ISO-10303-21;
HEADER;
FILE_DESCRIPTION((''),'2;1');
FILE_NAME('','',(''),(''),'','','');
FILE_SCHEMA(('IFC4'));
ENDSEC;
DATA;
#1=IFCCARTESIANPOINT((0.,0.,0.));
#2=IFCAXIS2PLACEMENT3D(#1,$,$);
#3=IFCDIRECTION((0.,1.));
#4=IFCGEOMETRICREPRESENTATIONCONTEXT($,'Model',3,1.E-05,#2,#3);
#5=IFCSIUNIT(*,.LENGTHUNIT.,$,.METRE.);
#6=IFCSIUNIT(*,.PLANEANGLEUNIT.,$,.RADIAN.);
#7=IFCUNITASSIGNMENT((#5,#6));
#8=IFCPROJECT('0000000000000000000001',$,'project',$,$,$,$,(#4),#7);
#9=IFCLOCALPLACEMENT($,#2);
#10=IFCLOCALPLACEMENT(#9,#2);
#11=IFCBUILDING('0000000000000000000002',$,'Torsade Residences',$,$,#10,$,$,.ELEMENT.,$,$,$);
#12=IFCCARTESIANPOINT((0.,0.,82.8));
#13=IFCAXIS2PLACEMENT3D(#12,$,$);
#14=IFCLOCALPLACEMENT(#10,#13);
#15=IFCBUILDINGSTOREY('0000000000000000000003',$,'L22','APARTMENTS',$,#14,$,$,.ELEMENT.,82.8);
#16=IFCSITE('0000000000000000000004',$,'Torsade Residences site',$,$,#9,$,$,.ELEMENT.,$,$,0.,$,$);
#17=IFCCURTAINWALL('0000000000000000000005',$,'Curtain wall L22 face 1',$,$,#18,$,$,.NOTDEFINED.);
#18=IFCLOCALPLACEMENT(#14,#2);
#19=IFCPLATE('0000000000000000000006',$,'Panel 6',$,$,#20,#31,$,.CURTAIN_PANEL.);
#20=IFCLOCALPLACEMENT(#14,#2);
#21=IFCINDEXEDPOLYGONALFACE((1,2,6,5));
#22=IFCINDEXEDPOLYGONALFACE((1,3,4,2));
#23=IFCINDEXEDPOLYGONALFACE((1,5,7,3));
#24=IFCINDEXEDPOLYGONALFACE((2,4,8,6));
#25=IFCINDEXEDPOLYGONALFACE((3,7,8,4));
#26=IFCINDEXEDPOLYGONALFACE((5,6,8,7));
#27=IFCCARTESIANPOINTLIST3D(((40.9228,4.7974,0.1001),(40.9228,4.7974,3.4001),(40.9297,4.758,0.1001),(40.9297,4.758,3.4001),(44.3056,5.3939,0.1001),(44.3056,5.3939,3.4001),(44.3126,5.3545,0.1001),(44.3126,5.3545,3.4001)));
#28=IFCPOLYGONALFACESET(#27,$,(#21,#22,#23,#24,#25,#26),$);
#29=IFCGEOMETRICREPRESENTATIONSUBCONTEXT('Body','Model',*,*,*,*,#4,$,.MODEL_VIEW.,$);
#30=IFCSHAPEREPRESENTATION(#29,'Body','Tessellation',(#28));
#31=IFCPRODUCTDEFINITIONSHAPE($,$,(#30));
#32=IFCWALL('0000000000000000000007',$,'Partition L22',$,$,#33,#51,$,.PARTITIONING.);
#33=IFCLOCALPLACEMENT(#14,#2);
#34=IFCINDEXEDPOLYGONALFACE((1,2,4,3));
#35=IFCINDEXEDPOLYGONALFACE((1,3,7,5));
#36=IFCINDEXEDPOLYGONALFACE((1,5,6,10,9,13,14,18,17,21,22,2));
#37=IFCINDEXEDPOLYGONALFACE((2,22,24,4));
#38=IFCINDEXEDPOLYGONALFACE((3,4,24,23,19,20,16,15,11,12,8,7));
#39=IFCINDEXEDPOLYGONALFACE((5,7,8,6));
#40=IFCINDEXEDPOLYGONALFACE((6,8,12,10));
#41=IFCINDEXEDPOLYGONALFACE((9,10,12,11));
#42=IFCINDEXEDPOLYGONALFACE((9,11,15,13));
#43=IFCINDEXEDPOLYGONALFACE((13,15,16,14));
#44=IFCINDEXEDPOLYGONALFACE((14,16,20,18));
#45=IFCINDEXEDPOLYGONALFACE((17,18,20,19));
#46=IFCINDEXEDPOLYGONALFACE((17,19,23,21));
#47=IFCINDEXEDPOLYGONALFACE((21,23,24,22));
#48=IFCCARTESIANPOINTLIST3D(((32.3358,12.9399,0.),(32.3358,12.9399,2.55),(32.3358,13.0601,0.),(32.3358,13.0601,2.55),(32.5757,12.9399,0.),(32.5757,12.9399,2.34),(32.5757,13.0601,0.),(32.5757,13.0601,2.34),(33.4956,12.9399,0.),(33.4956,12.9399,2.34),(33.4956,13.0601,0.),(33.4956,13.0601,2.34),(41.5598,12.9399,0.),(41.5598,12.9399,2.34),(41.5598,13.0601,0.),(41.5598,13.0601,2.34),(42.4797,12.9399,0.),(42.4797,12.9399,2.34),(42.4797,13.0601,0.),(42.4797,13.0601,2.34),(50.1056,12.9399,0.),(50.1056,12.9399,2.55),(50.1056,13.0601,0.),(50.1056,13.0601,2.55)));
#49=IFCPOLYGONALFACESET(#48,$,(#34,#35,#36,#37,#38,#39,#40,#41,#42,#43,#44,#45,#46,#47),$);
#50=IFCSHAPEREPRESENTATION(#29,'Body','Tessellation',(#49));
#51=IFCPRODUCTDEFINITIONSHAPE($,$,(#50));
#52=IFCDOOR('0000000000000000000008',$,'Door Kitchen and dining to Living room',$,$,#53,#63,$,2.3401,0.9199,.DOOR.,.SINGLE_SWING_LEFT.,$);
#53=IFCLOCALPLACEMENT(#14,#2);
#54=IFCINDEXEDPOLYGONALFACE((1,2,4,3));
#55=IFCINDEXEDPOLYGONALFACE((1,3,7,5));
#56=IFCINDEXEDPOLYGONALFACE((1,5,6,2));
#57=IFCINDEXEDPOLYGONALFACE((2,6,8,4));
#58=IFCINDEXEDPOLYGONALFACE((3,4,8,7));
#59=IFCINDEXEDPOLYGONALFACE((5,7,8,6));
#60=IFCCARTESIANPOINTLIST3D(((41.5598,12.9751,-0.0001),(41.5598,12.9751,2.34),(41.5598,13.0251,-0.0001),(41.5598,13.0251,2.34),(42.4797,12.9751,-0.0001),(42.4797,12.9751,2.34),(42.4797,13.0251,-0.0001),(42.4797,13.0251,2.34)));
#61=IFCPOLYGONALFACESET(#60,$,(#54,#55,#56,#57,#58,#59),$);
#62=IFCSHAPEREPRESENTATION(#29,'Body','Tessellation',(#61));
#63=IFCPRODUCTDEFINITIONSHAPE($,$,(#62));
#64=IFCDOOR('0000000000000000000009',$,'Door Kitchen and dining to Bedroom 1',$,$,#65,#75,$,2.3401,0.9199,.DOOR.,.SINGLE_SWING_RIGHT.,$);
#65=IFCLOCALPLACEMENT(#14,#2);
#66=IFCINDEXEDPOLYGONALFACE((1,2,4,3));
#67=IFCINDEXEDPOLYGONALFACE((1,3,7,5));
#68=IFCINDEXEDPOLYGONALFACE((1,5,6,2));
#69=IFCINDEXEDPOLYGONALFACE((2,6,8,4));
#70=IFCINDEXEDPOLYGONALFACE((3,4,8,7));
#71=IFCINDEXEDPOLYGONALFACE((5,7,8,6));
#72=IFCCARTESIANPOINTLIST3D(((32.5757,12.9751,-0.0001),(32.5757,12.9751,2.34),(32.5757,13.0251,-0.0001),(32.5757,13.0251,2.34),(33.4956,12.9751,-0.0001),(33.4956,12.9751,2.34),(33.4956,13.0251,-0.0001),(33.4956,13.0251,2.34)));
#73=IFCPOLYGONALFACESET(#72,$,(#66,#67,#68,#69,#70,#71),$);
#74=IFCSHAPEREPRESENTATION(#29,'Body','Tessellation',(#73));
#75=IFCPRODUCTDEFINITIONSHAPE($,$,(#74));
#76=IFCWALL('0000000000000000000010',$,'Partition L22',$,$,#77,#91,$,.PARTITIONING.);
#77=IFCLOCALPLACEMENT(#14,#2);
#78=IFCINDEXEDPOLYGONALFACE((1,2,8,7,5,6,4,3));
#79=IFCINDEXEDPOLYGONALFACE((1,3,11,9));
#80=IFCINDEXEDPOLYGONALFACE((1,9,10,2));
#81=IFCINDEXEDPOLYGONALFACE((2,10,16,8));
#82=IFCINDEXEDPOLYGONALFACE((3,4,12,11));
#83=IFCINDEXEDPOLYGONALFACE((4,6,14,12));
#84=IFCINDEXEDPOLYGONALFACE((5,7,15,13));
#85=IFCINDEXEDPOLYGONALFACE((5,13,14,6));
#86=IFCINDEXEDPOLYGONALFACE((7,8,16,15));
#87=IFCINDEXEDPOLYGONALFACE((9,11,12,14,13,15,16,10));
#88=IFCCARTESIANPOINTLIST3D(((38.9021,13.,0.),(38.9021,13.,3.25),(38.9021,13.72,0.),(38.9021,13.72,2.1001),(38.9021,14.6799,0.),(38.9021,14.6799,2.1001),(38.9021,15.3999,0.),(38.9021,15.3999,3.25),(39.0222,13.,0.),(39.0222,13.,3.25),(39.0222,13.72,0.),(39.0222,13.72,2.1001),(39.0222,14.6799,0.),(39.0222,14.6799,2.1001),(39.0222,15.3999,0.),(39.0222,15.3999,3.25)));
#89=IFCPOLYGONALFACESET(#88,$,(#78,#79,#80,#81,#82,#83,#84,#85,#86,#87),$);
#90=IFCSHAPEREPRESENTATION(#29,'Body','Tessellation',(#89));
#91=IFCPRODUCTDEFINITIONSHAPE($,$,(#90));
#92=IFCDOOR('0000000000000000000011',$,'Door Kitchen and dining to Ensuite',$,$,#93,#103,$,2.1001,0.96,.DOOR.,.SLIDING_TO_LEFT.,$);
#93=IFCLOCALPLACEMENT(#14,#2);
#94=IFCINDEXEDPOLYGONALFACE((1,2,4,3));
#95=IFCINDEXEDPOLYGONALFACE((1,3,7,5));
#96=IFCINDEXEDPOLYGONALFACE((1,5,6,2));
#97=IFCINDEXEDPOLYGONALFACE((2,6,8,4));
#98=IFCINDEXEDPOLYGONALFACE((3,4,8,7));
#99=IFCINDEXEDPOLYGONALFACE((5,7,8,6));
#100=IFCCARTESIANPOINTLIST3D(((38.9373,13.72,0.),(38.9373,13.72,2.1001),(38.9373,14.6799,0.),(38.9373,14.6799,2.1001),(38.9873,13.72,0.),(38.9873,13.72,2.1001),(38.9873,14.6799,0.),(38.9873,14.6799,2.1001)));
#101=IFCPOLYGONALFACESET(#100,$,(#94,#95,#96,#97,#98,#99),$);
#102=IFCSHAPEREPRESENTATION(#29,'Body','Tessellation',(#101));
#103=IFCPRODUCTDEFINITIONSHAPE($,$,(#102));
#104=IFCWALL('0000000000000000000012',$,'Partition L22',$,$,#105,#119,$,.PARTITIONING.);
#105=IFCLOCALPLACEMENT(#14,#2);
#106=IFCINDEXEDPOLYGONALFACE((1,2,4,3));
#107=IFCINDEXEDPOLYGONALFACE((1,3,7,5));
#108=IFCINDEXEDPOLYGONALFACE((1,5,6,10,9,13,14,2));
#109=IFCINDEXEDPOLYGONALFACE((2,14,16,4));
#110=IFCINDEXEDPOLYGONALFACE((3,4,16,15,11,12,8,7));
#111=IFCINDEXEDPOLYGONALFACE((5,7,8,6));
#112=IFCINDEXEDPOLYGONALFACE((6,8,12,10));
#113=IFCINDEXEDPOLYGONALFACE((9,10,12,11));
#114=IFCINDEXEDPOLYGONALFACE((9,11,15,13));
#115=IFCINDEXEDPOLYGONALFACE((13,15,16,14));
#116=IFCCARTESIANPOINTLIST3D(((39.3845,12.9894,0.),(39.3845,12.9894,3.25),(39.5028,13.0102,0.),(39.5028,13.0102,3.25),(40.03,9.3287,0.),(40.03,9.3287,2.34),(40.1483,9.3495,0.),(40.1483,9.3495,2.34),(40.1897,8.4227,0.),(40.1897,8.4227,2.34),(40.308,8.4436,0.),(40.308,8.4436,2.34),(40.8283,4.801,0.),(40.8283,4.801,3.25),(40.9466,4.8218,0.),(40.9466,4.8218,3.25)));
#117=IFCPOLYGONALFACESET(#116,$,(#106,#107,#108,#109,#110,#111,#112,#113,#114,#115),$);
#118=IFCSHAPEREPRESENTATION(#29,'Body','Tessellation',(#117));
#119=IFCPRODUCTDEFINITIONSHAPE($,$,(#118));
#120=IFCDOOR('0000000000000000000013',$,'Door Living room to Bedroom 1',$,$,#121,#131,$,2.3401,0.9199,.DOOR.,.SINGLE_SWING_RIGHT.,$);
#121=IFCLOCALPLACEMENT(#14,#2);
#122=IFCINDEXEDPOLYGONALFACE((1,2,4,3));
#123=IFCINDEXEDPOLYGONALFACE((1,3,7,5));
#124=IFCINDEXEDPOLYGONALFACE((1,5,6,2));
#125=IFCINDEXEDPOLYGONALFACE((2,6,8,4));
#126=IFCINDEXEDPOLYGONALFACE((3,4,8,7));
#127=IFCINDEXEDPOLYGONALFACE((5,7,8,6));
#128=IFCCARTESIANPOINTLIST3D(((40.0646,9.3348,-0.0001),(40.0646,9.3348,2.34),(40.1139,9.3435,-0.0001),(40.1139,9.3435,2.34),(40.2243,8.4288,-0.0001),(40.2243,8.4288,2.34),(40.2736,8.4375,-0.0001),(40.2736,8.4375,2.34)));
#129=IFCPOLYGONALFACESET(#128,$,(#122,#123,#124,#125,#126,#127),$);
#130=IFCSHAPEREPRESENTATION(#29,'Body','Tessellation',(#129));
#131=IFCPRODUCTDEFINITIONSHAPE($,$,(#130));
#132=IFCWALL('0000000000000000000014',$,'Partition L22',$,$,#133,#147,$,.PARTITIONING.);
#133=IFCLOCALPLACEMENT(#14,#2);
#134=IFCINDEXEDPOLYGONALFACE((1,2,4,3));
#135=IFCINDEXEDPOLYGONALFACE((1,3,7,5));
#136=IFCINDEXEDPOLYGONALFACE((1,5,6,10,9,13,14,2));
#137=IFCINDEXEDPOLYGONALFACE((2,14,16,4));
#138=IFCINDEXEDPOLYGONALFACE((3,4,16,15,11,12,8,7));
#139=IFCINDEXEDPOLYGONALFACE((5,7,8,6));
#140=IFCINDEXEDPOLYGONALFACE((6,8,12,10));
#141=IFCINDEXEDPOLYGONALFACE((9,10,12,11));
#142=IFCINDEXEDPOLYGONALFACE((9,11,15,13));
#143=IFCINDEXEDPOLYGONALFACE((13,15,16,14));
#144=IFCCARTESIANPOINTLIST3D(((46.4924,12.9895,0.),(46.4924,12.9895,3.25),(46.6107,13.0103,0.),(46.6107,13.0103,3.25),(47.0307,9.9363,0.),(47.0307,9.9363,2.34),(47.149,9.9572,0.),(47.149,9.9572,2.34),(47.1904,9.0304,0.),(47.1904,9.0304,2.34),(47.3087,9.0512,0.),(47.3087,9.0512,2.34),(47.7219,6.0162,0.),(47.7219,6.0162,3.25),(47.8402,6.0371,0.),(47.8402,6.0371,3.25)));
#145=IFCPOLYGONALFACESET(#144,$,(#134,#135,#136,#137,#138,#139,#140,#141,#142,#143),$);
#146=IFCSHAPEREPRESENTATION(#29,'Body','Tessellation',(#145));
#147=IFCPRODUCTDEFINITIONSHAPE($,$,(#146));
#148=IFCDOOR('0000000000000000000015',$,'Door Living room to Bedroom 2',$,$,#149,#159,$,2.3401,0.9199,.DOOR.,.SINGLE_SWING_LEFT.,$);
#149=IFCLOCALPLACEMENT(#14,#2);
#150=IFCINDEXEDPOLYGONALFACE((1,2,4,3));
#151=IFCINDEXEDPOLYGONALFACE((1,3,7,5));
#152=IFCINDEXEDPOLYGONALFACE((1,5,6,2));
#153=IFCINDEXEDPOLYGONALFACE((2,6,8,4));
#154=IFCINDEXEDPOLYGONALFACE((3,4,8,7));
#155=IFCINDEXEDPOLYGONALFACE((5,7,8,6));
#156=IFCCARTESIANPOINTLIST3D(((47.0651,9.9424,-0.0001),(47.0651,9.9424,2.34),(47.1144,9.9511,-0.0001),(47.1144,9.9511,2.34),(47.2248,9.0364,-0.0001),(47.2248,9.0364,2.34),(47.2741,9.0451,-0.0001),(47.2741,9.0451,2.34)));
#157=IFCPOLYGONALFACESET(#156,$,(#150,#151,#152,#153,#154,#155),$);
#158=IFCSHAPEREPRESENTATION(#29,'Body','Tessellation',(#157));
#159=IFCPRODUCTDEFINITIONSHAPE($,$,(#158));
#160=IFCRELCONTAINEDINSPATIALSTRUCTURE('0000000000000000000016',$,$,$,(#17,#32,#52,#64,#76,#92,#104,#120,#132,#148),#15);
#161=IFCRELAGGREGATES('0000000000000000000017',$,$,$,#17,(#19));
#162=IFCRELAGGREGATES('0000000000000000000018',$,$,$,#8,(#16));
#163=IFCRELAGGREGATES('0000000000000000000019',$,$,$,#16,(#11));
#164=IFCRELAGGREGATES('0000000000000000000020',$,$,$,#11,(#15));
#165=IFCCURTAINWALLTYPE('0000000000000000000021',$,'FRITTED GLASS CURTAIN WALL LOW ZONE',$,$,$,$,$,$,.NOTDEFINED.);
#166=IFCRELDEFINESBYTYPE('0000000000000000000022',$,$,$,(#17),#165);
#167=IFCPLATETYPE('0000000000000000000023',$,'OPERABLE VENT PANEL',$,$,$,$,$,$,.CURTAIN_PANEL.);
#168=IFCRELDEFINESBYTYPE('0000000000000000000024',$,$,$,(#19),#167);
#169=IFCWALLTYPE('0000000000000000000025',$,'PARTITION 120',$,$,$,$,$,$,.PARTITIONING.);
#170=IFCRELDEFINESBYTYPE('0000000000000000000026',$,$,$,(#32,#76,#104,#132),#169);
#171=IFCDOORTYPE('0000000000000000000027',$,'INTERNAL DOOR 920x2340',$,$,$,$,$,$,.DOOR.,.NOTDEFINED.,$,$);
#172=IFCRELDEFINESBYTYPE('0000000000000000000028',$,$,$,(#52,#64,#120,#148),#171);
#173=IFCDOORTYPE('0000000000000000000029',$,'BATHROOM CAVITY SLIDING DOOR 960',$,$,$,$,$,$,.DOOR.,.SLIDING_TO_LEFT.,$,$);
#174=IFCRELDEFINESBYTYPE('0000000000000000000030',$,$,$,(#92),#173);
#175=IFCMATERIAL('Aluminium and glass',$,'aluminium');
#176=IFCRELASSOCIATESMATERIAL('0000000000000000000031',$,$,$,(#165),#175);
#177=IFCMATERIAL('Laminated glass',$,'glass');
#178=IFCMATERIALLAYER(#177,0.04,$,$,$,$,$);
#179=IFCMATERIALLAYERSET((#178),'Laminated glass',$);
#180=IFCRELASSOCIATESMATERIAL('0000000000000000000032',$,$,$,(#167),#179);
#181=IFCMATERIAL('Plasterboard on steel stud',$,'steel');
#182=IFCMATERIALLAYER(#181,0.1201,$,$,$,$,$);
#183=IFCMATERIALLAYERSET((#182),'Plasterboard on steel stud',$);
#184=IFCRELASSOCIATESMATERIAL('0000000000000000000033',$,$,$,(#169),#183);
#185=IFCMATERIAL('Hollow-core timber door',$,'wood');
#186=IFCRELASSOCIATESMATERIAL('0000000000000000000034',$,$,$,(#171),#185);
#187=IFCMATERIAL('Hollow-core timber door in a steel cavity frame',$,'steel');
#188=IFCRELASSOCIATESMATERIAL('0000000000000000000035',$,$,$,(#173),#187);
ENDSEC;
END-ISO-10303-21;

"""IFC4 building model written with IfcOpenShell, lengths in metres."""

from ifc_helpers import new_model, si_unit, direction, frame, frame_2d, origin, origin_2d, place, context, subcontext, project, spatial, rectangle, extrude, material, layer, layer_set, type_object, element, fill, aggregate, save


model = new_model("IFC4")

# Units and contexts
model_context = context("Model", 3, precision=1e-05, world=origin(), true_north=direction((0.0, 1.0)))
body_context = subcontext(model_context, "Body", "Model", "MODEL_VIEW")
ifc_project = project(units=[si_unit("LENGTHUNIT", "METRE"), si_unit("PLANEANGLEUNIT", "RADIAN")], contexts=[model_context])

# Site, building, storey
site_placement = place(None, origin())
site = spatial("IfcSite", under=ifc_project, at=site_placement, Name="Torsade Residences site", CompositionType="ELEMENT", RefElevation=0.0)
building_placement = place(site_placement, origin())
building = spatial("IfcBuilding", under=site, at=building_placement, Name="Torsade Residences", CompositionType="ELEMENT")
storey_placement = place(building_placement, frame((0.0, 0.0, 82.8)))
storey = spatial("IfcBuildingStorey", under=building, at=storey_placement, Name="L22", Description="APARTMENTS", CompositionType="ELEMENT", Elevation=82.8)

# Curtain wall
ifc_material_1 = material(Name="Aluminium and glass", Category="aluminium")
curtain_wall_type = type_object("IfcCurtainWallType", Name="FRITTED GLASS CURTAIN WALL LOW ZONE", PredefinedType="NOTDEFINED", material=ifc_material_1)
curtain_wall_placement = place(storey_placement, origin())
curtain_wall = element("IfcCurtainWall", 1, at=curtain_wall_placement, inside=storey, type_object=curtain_wall_type, Name="Curtain wall L22 face 1", PredefinedType="NOTDEFINED")

# Plate
ifc_material_2 = material(Name="Laminated glass", Category="glass")
ifc_layer_1 = layer(ifc_material_2, 0.04)
ifc_layer_set_1 = layer_set([ifc_layer_1], Name="Laminated glass")
plate_type_1 = type_object("IfcPlateType", Name="OPERABLE VENT PANEL", PredefinedType="CURTAIN_PANEL", material=ifc_layer_set_1)
plate_1_placement = place(storey_placement, frame((42.6177, 5.0759, 0.1001), z_axis=(0.0, 0.0, 1.0), x_axis=(0.984808, 0.173648, 0.0)))
plate_1 = element("IfcPlate", 2, at=plate_1_placement, type_object=plate_type_1, Name="Panel 6", PredefinedType="CURTAIN_PANEL", context=body_context, shape_type="SweptSolid", body=[
    extrude(rectangle(XDim=3.4351, YDim=0.04, at=origin_2d()), origin(), (0.0, 0.0, 1.0), 3.3),
])
aggregate(curtain_wall, [plate_1])

# Wall, openings, doors
ifc_material_3 = material(Name="Plasterboard on steel stud", Category="steel")
ifc_layer_2 = layer(ifc_material_3, 0.1201)
ifc_layer_set_2 = layer_set([ifc_layer_2], Name="Plasterboard on steel stud")
wall_type_1 = type_object("IfcWallType", Name="PARTITION 120", PredefinedType="PARTITIONING", material=ifc_layer_set_2)
wall_1_placement = place(storey_placement, frame((50.1055, 13.0, 0.0), z_axis=(0.0, 0.0, 1.0), x_axis=(-1.0, 0.0, 0.0)))
wall_1 = element("IfcWall", 3, at=wall_1_placement, inside=storey, type_object=wall_type_1, Name="Partition L22", PredefinedType="PARTITIONING", context=body_context, shape_type="SweptSolid", body=[
    extrude(rectangle(XDim=17.7698, YDim=0.1201, at=frame_2d((8.8848, 0.0))), origin(), (0.0, 0.0, 1.0), 2.55),
])
opening_1_placement = place(wall_1_placement, frame((7.6257, 0.0, 0.0)))
opening_1 = element("IfcOpeningElement", 4, at=opening_1_placement, cuts=wall_1, PredefinedType="OPENING", context=body_context, shape_type="SweptSolid", body=[
    extrude(rectangle(XDim=0.9199, YDim=2.3401, at=frame_2d((0.46, 1.1699))), frame((0.0, 0.0701, 0.0), z_axis=(0.0, -1.0, 0.0), x_axis=(1.0, 0.0, 0.0)), (0.0, 0.0, 1.0), 0.1401),
])
opening_2_placement = place(wall_1_placement, frame((16.6099, 0.0, 0.0)))
opening_2 = element("IfcOpeningElement", 5, at=opening_2_placement, cuts=wall_1, PredefinedType="OPENING", context=body_context, shape_type="SweptSolid", body=[
    extrude(rectangle(XDim=0.9199, YDim=2.3401, at=frame_2d((0.46, 1.1699))), frame((0.0, 0.0701, 0.0), z_axis=(0.0, -1.0, 0.0), x_axis=(1.0, 0.0, 0.0)), (0.0, 0.0, 1.0), 0.1401),
])
ifc_material_4 = material(Name="Hollow-core timber door", Category="wood")
door_type_1 = type_object("IfcDoorType", Name="INTERNAL DOOR 920x2340", OperationType="NOTDEFINED", PredefinedType="DOOR", material=ifc_material_4)
door_1_placement = place(opening_1_placement, origin())
door_1 = element("IfcDoor", 6, at=door_1_placement, inside=storey, type_object=door_type_1, Name="Door Kitchen and dining to Living room", OperationType="SINGLE_SWING_LEFT", OverallHeight=2.3401, OverallWidth=0.9199, PredefinedType="DOOR", context=body_context, shape_type="SweptSolid", body=[
    extrude(rectangle(XDim=0.9199, YDim=2.3401, at=frame_2d((0.46, 1.1699))), frame((0.0, 0.0249, 0.0), z_axis=(0.0, -1.0, 0.0), x_axis=(1.0, 0.0, 0.0)), (0.0, 0.0, 1.0), 0.05),
])
fill(opening_1, door_1)
door_2_placement = place(opening_2_placement, origin())
door_2 = element("IfcDoor", 7, at=door_2_placement, inside=storey, type_object=door_type_1, Name="Door Kitchen and dining to Bedroom 1", OperationType="SINGLE_SWING_RIGHT", OverallHeight=2.3401, OverallWidth=0.9199, PredefinedType="DOOR", context=body_context, shape_type="SweptSolid", body=[
    extrude(rectangle(XDim=0.9199, YDim=2.3401, at=frame_2d((0.46, 1.1699))), frame((0.0, 0.0249, 0.0), z_axis=(0.0, -1.0, 0.0), x_axis=(1.0, 0.0, 0.0)), (0.0, 0.0, 1.0), 0.05),
])
fill(opening_2, door_2)

# Walls, openings, doors
wall_2_placement = place(storey_placement, frame((38.9622, 13.0, 0.0), z_axis=(0.0, 0.0, 1.0), x_axis=(0.0, 1.0, 0.0)))
wall_2 = element("IfcWall", 8, at=wall_2_placement, inside=storey, type_object=wall_type_1, Name="Partition L22", PredefinedType="PARTITIONING", context=body_context, shape_type="SweptSolid", body=[
    extrude(rectangle(XDim=2.3999, YDim=0.1201, at=frame_2d((1.2, 0.0))), origin(), (0.0, 0.0, 1.0), 3.25),
])
opening_3_placement = place(wall_2_placement, frame((0.72, 0.0, 0.0)))
opening_3 = element("IfcOpeningElement", 9, at=opening_3_placement, cuts=wall_2, PredefinedType="OPENING", context=body_context, shape_type="SweptSolid", body=[
    extrude(rectangle(XDim=0.96, YDim=2.1001, at=frame_2d((0.48, 1.05))), frame((0.0, 0.0701, 0.0), z_axis=(0.0, -1.0, 0.0), x_axis=(1.0, 0.0, 0.0)), (0.0, 0.0, 1.0), 0.1401),
])
ifc_material_5 = material(Name="Hollow-core timber door in a steel cavity frame", Category="steel")
door_type_2 = type_object("IfcDoorType", Name="BATHROOM CAVITY SLIDING DOOR 960", OperationType="SLIDING_TO_LEFT", PredefinedType="DOOR", material=ifc_material_5)
door_3_placement = place(opening_3_placement, origin())
door_3 = element("IfcDoor", 10, at=door_3_placement, inside=storey, type_object=door_type_2, Name="Door Kitchen and dining to Ensuite", OperationType="SLIDING_TO_LEFT", OverallHeight=2.1001, OverallWidth=0.96, PredefinedType="DOOR", context=body_context, shape_type="SweptSolid", body=[
    extrude(rectangle(XDim=0.96, YDim=2.1001, at=frame_2d((0.48, 1.05))), frame((0.0, 0.0249, 0.0), z_axis=(0.0, -1.0, 0.0), x_axis=(1.0, 0.0, 0.0)), (0.0, 0.0, 1.0), 0.05),
])
fill(opening_3, door_3)
wall_3_placement = place(storey_placement, frame((40.8875, 4.8115, 0.0), z_axis=(0.0, 0.0, 1.0), x_axis=(-0.173648, 0.984808, 0.0)))
wall_3 = element("IfcWall", 11, at=wall_3_placement, inside=storey, type_object=wall_type_1, Name="Partition L22", PredefinedType="PARTITIONING", context=body_context, shape_type="SweptSolid", body=[
    extrude(rectangle(XDim=8.3147, YDim=0.1201, at=frame_2d((4.1572, 0.0))), origin(), (0.0, 0.0, 1.0), 3.25),
])
opening_4_placement = place(wall_3_placement, frame((3.6775, 0.0, 0.0)))
opening_4 = element("IfcOpeningElement", 12, at=opening_4_placement, cuts=wall_3, PredefinedType="OPENING", context=body_context, shape_type="SweptSolid", body=[
    extrude(rectangle(XDim=0.9199, YDim=2.3401, at=frame_2d((0.46, 1.1699))), frame((0.0, 0.0701, 0.0), z_axis=(0.0, -1.0, 0.0), x_axis=(1.0, 0.0, 0.0)), (0.0, 0.0, 1.0), 0.1401),
])
door_4_placement = place(opening_4_placement, origin())
door_4 = element("IfcDoor", 13, at=door_4_placement, inside=storey, type_object=door_type_1, Name="Door Living room to Bedroom 1", OperationType="SINGLE_SWING_RIGHT", OverallHeight=2.3401, OverallWidth=0.9199, PredefinedType="DOOR", context=body_context, shape_type="SweptSolid", body=[
    extrude(rectangle(XDim=0.9199, YDim=2.3401, at=frame_2d((0.46, 1.1699))), frame((0.0, 0.0249, 0.0), z_axis=(0.0, -1.0, 0.0), x_axis=(1.0, 0.0, 0.0)), (0.0, 0.0, 1.0), 0.05),
])
fill(opening_4, door_4)
wall_4_placement = place(storey_placement, frame((46.5515, 13.0, 0.0), z_axis=(0.0, 0.0, 1.0), x_axis=(0.17364, -0.984809, 0.0)))
wall_4 = element("IfcWall", 14, at=wall_4_placement, inside=storey, type_object=wall_type_1, Name="Partition L22", PredefinedType="PARTITIONING", context=body_context, shape_type="SweptSolid", body=[
    extrude(rectangle(XDim=7.0808, YDim=0.1201, at=frame_2d((3.5405, 0.0))), origin(), (0.0, 0.0, 1.0), 3.25),
])
opening_5_placement = place(wall_4_placement, frame((3.1003, 0.0, 0.0)))
opening_5 = element("IfcOpeningElement", 15, at=opening_5_placement, cuts=wall_4, PredefinedType="OPENING", context=body_context, shape_type="SweptSolid", body=[
    extrude(rectangle(XDim=0.9199, YDim=2.3401, at=frame_2d((0.46, 1.1699))), frame((0.0, 0.0701, 0.0), z_axis=(0.0, -1.0, 0.0), x_axis=(1.0, 0.0, 0.0)), (0.0, 0.0, 1.0), 0.1401),
])
door_5_placement = place(opening_5_placement, origin())
door_5 = element("IfcDoor", 16, at=door_5_placement, inside=storey, type_object=door_type_1, Name="Door Living room to Bedroom 2", OperationType="SINGLE_SWING_LEFT", OverallHeight=2.3401, OverallWidth=0.9199, PredefinedType="DOOR", context=body_context, shape_type="SweptSolid", body=[
    extrude(rectangle(XDim=0.9199, YDim=2.3401, at=frame_2d((0.46, 1.1699))), frame((0.0, 0.0249, 0.0), z_axis=(0.0, -1.0, 0.0), x_axis=(1.0, 0.0, 0.0)), (0.0, 0.0, 1.0), 0.05),
])
fill(opening_5, door_5)

save(model, "model.ifc")
